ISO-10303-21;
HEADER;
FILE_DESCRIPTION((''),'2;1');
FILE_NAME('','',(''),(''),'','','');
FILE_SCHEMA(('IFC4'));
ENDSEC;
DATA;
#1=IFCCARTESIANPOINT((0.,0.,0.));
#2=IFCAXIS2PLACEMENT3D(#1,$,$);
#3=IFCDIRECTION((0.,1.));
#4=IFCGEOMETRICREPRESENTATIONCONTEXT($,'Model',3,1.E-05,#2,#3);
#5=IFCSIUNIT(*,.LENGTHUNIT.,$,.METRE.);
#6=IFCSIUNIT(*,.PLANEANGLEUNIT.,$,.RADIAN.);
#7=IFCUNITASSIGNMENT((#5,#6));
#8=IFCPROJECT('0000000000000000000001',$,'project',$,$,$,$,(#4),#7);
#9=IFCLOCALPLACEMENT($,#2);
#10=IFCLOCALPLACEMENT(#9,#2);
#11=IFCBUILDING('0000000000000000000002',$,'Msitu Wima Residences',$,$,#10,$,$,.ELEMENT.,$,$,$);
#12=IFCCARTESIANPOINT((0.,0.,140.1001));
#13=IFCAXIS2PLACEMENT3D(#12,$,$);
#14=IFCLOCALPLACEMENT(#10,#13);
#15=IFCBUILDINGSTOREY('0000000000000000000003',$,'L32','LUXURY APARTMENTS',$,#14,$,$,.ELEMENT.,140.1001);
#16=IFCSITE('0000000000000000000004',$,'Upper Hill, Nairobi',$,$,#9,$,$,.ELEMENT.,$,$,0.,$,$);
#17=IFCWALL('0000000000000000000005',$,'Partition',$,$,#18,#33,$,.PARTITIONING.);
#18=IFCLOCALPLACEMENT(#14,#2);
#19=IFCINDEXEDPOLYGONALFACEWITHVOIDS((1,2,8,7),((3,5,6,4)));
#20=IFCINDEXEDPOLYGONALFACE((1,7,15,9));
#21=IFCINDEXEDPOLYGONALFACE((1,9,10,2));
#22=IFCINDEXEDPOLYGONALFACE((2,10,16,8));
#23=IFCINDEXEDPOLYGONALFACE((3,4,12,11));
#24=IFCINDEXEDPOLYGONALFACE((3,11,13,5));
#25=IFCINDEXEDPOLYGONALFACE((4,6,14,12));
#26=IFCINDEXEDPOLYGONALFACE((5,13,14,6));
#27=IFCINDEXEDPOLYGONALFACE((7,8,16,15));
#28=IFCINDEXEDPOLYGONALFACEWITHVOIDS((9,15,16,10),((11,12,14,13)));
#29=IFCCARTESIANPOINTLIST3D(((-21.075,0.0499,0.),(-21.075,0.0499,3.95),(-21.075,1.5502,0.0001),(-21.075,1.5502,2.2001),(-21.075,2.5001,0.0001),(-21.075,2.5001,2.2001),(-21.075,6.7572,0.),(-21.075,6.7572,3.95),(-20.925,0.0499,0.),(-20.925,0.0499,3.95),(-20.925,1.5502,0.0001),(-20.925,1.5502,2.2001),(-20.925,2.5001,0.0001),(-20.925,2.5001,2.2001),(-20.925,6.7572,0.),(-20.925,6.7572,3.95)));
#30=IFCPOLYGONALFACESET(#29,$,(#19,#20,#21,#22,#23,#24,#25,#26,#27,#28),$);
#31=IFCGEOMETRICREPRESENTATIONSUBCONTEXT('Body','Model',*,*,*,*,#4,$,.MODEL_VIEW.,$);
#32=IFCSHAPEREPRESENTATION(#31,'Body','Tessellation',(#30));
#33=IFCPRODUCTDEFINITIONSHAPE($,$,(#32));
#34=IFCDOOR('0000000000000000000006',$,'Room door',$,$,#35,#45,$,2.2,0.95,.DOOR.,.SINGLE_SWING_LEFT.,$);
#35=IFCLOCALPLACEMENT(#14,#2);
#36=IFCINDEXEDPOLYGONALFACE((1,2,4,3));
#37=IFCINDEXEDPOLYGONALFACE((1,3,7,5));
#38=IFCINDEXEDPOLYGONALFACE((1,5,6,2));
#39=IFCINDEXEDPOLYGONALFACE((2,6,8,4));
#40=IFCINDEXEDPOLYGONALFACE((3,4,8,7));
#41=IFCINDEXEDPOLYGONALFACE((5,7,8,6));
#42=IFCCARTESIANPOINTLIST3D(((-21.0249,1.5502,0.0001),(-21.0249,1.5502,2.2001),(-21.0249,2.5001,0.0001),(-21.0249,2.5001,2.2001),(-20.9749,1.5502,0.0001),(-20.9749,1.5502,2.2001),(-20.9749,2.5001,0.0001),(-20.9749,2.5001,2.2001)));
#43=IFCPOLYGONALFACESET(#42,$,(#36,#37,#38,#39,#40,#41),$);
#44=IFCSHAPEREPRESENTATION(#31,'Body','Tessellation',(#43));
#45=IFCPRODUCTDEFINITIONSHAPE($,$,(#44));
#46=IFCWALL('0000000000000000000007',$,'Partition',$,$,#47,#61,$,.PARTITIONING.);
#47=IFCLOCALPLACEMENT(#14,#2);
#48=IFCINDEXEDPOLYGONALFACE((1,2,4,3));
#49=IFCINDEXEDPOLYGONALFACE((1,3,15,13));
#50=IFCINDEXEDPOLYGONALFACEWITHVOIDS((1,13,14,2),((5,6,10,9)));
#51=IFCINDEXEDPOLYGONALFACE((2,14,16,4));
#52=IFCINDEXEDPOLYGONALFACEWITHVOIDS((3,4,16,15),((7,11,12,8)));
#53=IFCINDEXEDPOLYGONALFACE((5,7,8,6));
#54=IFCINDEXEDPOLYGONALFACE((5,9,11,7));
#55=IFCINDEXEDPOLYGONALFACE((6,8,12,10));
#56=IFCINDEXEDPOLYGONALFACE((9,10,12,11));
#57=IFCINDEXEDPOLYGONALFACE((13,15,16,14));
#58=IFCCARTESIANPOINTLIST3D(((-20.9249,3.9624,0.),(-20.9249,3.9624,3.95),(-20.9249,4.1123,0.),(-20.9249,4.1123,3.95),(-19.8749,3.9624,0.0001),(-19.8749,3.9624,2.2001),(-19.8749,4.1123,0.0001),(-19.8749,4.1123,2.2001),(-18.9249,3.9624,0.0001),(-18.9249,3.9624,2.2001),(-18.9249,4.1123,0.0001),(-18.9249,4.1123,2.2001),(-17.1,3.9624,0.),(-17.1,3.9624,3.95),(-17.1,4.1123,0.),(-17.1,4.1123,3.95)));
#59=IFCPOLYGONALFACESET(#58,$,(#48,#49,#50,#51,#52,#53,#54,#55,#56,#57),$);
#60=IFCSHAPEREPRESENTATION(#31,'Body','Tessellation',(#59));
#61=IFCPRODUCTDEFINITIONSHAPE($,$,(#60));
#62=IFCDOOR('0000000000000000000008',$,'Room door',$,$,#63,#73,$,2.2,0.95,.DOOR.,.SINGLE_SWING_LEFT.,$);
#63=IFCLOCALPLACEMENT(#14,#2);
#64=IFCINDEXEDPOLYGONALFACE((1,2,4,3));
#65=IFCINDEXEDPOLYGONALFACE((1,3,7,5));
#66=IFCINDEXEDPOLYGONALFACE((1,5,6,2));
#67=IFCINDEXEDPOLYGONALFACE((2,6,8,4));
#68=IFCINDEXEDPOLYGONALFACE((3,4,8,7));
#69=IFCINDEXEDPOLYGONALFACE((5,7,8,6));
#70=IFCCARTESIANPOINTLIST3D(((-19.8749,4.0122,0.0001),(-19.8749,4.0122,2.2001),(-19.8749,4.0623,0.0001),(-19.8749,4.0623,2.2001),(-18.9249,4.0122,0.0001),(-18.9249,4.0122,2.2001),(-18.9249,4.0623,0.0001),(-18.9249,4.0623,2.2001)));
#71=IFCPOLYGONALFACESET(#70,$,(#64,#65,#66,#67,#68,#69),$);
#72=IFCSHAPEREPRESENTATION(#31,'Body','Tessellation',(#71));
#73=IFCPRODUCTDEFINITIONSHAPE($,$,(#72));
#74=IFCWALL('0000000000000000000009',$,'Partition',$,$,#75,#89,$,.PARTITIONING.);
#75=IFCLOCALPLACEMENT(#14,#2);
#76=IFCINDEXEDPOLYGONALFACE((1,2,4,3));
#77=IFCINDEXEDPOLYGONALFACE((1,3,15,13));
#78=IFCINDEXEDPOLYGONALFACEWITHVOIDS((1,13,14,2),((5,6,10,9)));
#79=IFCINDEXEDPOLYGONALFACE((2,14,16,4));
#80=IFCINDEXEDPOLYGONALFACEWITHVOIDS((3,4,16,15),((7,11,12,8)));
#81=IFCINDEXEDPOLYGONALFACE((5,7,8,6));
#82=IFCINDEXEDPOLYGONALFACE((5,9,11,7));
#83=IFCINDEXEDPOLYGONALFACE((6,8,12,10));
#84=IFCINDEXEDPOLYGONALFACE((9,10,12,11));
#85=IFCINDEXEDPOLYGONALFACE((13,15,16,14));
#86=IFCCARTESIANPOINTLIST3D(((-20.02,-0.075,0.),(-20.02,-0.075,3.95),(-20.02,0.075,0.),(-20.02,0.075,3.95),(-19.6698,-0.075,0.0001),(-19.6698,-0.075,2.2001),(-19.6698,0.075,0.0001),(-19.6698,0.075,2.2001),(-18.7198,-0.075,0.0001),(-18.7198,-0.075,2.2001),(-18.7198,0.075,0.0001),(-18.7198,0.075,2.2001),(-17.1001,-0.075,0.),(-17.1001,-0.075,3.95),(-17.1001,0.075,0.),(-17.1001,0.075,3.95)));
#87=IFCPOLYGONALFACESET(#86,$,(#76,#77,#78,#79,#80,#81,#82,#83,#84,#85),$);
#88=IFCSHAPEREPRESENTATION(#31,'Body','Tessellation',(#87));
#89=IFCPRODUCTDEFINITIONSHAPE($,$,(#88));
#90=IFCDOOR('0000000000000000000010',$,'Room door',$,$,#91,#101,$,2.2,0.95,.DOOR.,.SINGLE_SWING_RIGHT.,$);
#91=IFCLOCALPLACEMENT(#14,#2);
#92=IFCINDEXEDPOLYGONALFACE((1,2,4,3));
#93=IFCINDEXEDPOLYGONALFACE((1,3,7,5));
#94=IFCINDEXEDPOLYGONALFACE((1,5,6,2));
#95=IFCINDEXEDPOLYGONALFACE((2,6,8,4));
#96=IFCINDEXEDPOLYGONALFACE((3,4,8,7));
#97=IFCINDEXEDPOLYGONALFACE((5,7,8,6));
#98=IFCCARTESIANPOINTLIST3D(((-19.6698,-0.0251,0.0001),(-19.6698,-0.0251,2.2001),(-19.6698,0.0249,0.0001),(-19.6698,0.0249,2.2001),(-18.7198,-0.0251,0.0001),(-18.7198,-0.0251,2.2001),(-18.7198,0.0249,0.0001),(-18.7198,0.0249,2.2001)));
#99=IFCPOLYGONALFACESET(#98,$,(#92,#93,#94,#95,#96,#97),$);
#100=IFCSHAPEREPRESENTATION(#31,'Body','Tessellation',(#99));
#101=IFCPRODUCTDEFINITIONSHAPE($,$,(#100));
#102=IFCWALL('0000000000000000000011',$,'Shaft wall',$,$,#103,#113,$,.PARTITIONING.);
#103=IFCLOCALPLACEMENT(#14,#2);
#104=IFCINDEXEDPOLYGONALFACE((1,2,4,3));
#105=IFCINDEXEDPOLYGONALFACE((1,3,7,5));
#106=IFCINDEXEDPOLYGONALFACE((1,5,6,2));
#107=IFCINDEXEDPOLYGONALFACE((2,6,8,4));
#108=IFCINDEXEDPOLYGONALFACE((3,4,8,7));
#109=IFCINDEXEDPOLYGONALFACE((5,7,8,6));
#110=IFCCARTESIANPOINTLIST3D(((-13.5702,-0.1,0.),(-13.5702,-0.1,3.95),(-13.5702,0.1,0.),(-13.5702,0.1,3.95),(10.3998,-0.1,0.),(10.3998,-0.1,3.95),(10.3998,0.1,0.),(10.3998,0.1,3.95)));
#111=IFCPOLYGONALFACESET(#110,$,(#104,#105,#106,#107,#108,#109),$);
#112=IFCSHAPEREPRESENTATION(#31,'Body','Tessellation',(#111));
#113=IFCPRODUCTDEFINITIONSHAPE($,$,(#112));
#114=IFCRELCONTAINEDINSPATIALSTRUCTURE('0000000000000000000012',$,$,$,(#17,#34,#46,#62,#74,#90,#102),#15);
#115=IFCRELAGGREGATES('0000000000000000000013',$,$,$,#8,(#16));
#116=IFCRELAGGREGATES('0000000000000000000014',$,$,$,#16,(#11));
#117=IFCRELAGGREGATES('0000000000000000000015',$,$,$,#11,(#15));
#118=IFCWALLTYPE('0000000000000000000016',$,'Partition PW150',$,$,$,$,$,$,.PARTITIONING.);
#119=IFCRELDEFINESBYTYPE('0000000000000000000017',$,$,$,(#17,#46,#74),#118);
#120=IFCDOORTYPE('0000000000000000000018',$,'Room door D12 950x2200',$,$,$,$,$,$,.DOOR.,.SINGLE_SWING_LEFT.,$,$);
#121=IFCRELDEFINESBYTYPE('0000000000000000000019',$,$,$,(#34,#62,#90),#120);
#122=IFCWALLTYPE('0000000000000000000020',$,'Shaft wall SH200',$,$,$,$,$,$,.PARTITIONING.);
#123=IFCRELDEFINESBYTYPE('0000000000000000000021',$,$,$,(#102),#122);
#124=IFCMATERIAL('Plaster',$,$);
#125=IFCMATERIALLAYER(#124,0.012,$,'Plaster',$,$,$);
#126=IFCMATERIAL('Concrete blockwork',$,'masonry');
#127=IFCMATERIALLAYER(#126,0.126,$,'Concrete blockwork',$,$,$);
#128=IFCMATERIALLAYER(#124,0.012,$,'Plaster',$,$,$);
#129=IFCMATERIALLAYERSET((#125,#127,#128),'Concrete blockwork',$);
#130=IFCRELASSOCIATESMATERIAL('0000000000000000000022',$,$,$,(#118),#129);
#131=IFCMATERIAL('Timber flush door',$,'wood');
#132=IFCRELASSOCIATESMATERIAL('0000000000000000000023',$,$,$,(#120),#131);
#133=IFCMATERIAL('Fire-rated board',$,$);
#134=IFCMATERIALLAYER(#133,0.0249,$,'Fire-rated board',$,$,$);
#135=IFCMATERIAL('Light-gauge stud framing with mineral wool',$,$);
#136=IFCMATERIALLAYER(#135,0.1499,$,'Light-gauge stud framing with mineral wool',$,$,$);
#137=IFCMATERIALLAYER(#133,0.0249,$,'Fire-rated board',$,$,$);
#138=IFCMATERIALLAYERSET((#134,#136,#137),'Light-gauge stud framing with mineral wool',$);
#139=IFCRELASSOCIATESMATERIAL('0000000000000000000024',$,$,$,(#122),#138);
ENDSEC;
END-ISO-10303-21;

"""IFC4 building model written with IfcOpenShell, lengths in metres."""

from ifc_helpers import new_model, si_unit, direction, frame, frame_2d, origin, place, context, subcontext, project, spatial, rectangle, extrude, material, layer, layer_set, type_object, element, fill, save


model = new_model("IFC4")

# Units and contexts
model_context = context("Model", 3, precision=1e-05, world=origin(), true_north=direction((0.0, 1.0)))
body_context = subcontext(model_context, "Body", "Model", "MODEL_VIEW")
ifc_project = project(units=[si_unit("LENGTHUNIT", "METRE"), si_unit("PLANEANGLEUNIT", "RADIAN")], contexts=[model_context])

# Site, building, storey
site_placement = place(None, origin())
site = spatial("IfcSite", under=ifc_project, at=site_placement, Name="Upper Hill, Nairobi", CompositionType="ELEMENT", RefElevation=0.0)
building_placement = place(site_placement, origin())
building = spatial("IfcBuilding", under=site, at=building_placement, Name="Msitu Wima Residences", CompositionType="ELEMENT")
storey_placement = place(building_placement, frame((0.0, 0.0, 140.1001)))
storey = spatial("IfcBuildingStorey", under=building, at=storey_placement, Name="L32", Description="LUXURY APARTMENTS", CompositionType="ELEMENT", Elevation=140.1001)

# Walls, openings, doors
ifc_material_1 = material(Name="Plaster")
ifc_layer_1 = layer(ifc_material_1, 0.012, Name="Plaster")
ifc_material_2 = material(Name="Concrete blockwork", Category="masonry")
ifc_layer_2 = layer(ifc_material_2, 0.126, Name="Concrete blockwork")
ifc_layer_3 = layer(ifc_material_1, 0.012, Name="Plaster")
ifc_layer_set_1 = layer_set([ifc_layer_1, ifc_layer_2, ifc_layer_3], Name="Concrete blockwork")
wall_type_1 = type_object("IfcWallType", Name="Partition PW150", PredefinedType="PARTITIONING", material=ifc_layer_set_1)
wall_1_placement = place(storey_placement, frame((-21.0, 0.05, 0.0), z_axis=(0.0, 0.0, 1.0), x_axis=(0.0, 1.0, 0.0)))
wall_1 = element("IfcWall", 1, at=wall_1_placement, inside=storey, type_object=wall_type_1, Name="Partition", PredefinedType="PARTITIONING", context=body_context, shape_type="SweptSolid", body=[
    extrude(rectangle(XDim=6.7073, YDim=0.1499, at=frame_2d((3.3535, 0.0))), origin(), (0.0, 0.0, 1.0), 3.95),
])
opening_1_placement = place(wall_1_placement, frame((1.5, 0.0, 0.0)))
opening_1 = element("IfcOpeningElement", 2, at=opening_1_placement, cuts=wall_1, PredefinedType="OPENING", context=body_context, shape_type="SweptSolid", body=[
    extrude(rectangle(XDim=0.95, YDim=2.2, at=frame_2d((0.4751, 1.1001))), frame((0.0, 0.085, 0.0), z_axis=(0.0, -1.0, 0.0), x_axis=(1.0, 0.0, 0.0)), (0.0, 0.0, 1.0), 0.1699),
])
ifc_material_3 = material(Name="Timber flush door", Category="wood")
door_type_1 = type_object("IfcDoorType", Name="Room door D12 950x2200", OperationType="SINGLE_SWING_LEFT", PredefinedType="DOOR", material=ifc_material_3)
door_1_placement = place(opening_1_placement, origin())
door_1 = element("IfcDoor", 3, at=door_1_placement, inside=storey, type_object=door_type_1, Name="Room door", OperationType="SINGLE_SWING_LEFT", OverallHeight=2.2, OverallWidth=0.95, PredefinedType="DOOR", context=body_context, shape_type="SweptSolid", body=[
    extrude(rectangle(XDim=0.95, YDim=2.2, at=frame_2d((0.4751, 1.1001))), frame((0.0, 0.0249, 0.0), z_axis=(0.0, -1.0, 0.0), x_axis=(1.0, 0.0, 0.0)), (0.0, 0.0, 1.0), 0.05),
])
fill(opening_1, door_1)
wall_2_placement = place(storey_placement, frame((-20.925, 4.0374, 0.0), z_axis=(0.0, 0.0, 1.0), x_axis=(1.0, 0.0, 0.0)))
wall_2 = element("IfcWall", 4, at=wall_2_placement, inside=storey, type_object=wall_type_1, Name="Partition", PredefinedType="PARTITIONING", context=body_context, shape_type="SweptSolid", body=[
    extrude(rectangle(XDim=3.825, YDim=0.1499, at=frame_2d((1.9126, 0.0))), origin(), (0.0, 0.0, 1.0), 3.95),
])
opening_2_placement = place(wall_2_placement, frame((1.05, 0.0, 0.0)))
opening_2 = element("IfcOpeningElement", 5, at=opening_2_placement, cuts=wall_2, PredefinedType="OPENING", context=body_context, shape_type="SweptSolid", body=[
    extrude(rectangle(XDim=0.95, YDim=2.2, at=frame_2d((0.4751, 1.1001))), frame((0.0, 0.085, 0.0), z_axis=(0.0, -1.0, 0.0), x_axis=(1.0, 0.0, 0.0)), (0.0, 0.0, 1.0), 0.1699),
])
door_2_placement = place(opening_2_placement, origin())
door_2 = element("IfcDoor", 6, at=door_2_placement, inside=storey, type_object=door_type_1, Name="Room door", OperationType="SINGLE_SWING_LEFT", OverallHeight=2.2, OverallWidth=0.95, PredefinedType="DOOR", context=body_context, shape_type="SweptSolid", body=[
    extrude(rectangle(XDim=0.95, YDim=2.2, at=frame_2d((0.4751, 1.1001))), frame((0.0, 0.0249, 0.0), z_axis=(0.0, -1.0, 0.0), x_axis=(1.0, 0.0, 0.0)), (0.0, 0.0, 1.0), 0.05),
])
fill(opening_2, door_2)
wall_3_placement = place(storey_placement, frame((-20.02, 0.0, 0.0), z_axis=(0.0, 0.0, 1.0), x_axis=(1.0, 0.0, 0.0)))
wall_3 = element("IfcWall", 7, at=wall_3_placement, inside=storey, type_object=wall_type_1, Name="Partition", PredefinedType="PARTITIONING", context=body_context, shape_type="SweptSolid", body=[
    extrude(rectangle(XDim=2.9199, YDim=0.1499, at=frame_2d((1.46, 0.0))), origin(), (0.0, 0.0, 1.0), 3.95),
])
opening_3_placement = place(wall_3_placement, frame((0.3501, 0.0, 0.0)))
opening_3 = element("IfcOpeningElement", 8, at=opening_3_placement, cuts=wall_3, PredefinedType="OPENING", context=body_context, shape_type="SweptSolid", body=[
    extrude(rectangle(XDim=0.95, YDim=2.2, at=frame_2d((0.4751, 1.1001))), frame((0.0, 0.085, 0.0), z_axis=(0.0, -1.0, 0.0), x_axis=(1.0, 0.0, 0.0)), (0.0, 0.0, 1.0), 0.1699),
])
door_3_placement = place(opening_3_placement, origin())
door_3 = element("IfcDoor", 9, at=door_3_placement, inside=storey, type_object=door_type_1, Name="Room door", OperationType="SINGLE_SWING_RIGHT", OverallHeight=2.2, OverallWidth=0.95, PredefinedType="DOOR", context=body_context, shape_type="SweptSolid", body=[
    extrude(rectangle(XDim=0.95, YDim=2.2, at=frame_2d((0.4751, 1.1001))), frame((0.0, 0.0249, 0.0), z_axis=(0.0, -1.0, 0.0), x_axis=(1.0, 0.0, 0.0)), (0.0, 0.0, 1.0), 0.05),
])
fill(opening_3, door_3)

# Wall
ifc_material_4 = material(Name="Fire-rated board")
ifc_layer_4 = layer(ifc_material_4, 0.0249, Name="Fire-rated board")
ifc_material_5 = material(Name="Light-gauge stud framing with mineral wool")
ifc_layer_5 = layer(ifc_material_5, 0.1499, Name="Light-gauge stud framing with mineral wool")
ifc_layer_6 = layer(ifc_material_4, 0.0249, Name="Fire-rated board")
ifc_layer_set_2 = layer_set([ifc_layer_4, ifc_layer_5, ifc_layer_6], Name="Light-gauge stud framing with mineral wool")
wall_type_2 = type_object("IfcWallType", Name="Shaft wall SH200", PredefinedType="PARTITIONING", material=ifc_layer_set_2)
wall_4_placement = place(storey_placement, frame((-13.5701, 0.0, 0.0), z_axis=(0.0, 0.0, 1.0), x_axis=(1.0, 0.0, 0.0)))
element("IfcWall", 10, at=wall_4_placement, inside=storey, type_object=wall_type_2, Name="Shaft wall", PredefinedType="PARTITIONING", context=body_context, shape_type="SweptSolid", body=[
    extrude(rectangle(XDim=23.97, YDim=0.2, at=frame_2d((11.9849, 0.0))), origin(), (0.0, 0.0, 1.0), 3.95),
])

save(model, "model.ifc")
